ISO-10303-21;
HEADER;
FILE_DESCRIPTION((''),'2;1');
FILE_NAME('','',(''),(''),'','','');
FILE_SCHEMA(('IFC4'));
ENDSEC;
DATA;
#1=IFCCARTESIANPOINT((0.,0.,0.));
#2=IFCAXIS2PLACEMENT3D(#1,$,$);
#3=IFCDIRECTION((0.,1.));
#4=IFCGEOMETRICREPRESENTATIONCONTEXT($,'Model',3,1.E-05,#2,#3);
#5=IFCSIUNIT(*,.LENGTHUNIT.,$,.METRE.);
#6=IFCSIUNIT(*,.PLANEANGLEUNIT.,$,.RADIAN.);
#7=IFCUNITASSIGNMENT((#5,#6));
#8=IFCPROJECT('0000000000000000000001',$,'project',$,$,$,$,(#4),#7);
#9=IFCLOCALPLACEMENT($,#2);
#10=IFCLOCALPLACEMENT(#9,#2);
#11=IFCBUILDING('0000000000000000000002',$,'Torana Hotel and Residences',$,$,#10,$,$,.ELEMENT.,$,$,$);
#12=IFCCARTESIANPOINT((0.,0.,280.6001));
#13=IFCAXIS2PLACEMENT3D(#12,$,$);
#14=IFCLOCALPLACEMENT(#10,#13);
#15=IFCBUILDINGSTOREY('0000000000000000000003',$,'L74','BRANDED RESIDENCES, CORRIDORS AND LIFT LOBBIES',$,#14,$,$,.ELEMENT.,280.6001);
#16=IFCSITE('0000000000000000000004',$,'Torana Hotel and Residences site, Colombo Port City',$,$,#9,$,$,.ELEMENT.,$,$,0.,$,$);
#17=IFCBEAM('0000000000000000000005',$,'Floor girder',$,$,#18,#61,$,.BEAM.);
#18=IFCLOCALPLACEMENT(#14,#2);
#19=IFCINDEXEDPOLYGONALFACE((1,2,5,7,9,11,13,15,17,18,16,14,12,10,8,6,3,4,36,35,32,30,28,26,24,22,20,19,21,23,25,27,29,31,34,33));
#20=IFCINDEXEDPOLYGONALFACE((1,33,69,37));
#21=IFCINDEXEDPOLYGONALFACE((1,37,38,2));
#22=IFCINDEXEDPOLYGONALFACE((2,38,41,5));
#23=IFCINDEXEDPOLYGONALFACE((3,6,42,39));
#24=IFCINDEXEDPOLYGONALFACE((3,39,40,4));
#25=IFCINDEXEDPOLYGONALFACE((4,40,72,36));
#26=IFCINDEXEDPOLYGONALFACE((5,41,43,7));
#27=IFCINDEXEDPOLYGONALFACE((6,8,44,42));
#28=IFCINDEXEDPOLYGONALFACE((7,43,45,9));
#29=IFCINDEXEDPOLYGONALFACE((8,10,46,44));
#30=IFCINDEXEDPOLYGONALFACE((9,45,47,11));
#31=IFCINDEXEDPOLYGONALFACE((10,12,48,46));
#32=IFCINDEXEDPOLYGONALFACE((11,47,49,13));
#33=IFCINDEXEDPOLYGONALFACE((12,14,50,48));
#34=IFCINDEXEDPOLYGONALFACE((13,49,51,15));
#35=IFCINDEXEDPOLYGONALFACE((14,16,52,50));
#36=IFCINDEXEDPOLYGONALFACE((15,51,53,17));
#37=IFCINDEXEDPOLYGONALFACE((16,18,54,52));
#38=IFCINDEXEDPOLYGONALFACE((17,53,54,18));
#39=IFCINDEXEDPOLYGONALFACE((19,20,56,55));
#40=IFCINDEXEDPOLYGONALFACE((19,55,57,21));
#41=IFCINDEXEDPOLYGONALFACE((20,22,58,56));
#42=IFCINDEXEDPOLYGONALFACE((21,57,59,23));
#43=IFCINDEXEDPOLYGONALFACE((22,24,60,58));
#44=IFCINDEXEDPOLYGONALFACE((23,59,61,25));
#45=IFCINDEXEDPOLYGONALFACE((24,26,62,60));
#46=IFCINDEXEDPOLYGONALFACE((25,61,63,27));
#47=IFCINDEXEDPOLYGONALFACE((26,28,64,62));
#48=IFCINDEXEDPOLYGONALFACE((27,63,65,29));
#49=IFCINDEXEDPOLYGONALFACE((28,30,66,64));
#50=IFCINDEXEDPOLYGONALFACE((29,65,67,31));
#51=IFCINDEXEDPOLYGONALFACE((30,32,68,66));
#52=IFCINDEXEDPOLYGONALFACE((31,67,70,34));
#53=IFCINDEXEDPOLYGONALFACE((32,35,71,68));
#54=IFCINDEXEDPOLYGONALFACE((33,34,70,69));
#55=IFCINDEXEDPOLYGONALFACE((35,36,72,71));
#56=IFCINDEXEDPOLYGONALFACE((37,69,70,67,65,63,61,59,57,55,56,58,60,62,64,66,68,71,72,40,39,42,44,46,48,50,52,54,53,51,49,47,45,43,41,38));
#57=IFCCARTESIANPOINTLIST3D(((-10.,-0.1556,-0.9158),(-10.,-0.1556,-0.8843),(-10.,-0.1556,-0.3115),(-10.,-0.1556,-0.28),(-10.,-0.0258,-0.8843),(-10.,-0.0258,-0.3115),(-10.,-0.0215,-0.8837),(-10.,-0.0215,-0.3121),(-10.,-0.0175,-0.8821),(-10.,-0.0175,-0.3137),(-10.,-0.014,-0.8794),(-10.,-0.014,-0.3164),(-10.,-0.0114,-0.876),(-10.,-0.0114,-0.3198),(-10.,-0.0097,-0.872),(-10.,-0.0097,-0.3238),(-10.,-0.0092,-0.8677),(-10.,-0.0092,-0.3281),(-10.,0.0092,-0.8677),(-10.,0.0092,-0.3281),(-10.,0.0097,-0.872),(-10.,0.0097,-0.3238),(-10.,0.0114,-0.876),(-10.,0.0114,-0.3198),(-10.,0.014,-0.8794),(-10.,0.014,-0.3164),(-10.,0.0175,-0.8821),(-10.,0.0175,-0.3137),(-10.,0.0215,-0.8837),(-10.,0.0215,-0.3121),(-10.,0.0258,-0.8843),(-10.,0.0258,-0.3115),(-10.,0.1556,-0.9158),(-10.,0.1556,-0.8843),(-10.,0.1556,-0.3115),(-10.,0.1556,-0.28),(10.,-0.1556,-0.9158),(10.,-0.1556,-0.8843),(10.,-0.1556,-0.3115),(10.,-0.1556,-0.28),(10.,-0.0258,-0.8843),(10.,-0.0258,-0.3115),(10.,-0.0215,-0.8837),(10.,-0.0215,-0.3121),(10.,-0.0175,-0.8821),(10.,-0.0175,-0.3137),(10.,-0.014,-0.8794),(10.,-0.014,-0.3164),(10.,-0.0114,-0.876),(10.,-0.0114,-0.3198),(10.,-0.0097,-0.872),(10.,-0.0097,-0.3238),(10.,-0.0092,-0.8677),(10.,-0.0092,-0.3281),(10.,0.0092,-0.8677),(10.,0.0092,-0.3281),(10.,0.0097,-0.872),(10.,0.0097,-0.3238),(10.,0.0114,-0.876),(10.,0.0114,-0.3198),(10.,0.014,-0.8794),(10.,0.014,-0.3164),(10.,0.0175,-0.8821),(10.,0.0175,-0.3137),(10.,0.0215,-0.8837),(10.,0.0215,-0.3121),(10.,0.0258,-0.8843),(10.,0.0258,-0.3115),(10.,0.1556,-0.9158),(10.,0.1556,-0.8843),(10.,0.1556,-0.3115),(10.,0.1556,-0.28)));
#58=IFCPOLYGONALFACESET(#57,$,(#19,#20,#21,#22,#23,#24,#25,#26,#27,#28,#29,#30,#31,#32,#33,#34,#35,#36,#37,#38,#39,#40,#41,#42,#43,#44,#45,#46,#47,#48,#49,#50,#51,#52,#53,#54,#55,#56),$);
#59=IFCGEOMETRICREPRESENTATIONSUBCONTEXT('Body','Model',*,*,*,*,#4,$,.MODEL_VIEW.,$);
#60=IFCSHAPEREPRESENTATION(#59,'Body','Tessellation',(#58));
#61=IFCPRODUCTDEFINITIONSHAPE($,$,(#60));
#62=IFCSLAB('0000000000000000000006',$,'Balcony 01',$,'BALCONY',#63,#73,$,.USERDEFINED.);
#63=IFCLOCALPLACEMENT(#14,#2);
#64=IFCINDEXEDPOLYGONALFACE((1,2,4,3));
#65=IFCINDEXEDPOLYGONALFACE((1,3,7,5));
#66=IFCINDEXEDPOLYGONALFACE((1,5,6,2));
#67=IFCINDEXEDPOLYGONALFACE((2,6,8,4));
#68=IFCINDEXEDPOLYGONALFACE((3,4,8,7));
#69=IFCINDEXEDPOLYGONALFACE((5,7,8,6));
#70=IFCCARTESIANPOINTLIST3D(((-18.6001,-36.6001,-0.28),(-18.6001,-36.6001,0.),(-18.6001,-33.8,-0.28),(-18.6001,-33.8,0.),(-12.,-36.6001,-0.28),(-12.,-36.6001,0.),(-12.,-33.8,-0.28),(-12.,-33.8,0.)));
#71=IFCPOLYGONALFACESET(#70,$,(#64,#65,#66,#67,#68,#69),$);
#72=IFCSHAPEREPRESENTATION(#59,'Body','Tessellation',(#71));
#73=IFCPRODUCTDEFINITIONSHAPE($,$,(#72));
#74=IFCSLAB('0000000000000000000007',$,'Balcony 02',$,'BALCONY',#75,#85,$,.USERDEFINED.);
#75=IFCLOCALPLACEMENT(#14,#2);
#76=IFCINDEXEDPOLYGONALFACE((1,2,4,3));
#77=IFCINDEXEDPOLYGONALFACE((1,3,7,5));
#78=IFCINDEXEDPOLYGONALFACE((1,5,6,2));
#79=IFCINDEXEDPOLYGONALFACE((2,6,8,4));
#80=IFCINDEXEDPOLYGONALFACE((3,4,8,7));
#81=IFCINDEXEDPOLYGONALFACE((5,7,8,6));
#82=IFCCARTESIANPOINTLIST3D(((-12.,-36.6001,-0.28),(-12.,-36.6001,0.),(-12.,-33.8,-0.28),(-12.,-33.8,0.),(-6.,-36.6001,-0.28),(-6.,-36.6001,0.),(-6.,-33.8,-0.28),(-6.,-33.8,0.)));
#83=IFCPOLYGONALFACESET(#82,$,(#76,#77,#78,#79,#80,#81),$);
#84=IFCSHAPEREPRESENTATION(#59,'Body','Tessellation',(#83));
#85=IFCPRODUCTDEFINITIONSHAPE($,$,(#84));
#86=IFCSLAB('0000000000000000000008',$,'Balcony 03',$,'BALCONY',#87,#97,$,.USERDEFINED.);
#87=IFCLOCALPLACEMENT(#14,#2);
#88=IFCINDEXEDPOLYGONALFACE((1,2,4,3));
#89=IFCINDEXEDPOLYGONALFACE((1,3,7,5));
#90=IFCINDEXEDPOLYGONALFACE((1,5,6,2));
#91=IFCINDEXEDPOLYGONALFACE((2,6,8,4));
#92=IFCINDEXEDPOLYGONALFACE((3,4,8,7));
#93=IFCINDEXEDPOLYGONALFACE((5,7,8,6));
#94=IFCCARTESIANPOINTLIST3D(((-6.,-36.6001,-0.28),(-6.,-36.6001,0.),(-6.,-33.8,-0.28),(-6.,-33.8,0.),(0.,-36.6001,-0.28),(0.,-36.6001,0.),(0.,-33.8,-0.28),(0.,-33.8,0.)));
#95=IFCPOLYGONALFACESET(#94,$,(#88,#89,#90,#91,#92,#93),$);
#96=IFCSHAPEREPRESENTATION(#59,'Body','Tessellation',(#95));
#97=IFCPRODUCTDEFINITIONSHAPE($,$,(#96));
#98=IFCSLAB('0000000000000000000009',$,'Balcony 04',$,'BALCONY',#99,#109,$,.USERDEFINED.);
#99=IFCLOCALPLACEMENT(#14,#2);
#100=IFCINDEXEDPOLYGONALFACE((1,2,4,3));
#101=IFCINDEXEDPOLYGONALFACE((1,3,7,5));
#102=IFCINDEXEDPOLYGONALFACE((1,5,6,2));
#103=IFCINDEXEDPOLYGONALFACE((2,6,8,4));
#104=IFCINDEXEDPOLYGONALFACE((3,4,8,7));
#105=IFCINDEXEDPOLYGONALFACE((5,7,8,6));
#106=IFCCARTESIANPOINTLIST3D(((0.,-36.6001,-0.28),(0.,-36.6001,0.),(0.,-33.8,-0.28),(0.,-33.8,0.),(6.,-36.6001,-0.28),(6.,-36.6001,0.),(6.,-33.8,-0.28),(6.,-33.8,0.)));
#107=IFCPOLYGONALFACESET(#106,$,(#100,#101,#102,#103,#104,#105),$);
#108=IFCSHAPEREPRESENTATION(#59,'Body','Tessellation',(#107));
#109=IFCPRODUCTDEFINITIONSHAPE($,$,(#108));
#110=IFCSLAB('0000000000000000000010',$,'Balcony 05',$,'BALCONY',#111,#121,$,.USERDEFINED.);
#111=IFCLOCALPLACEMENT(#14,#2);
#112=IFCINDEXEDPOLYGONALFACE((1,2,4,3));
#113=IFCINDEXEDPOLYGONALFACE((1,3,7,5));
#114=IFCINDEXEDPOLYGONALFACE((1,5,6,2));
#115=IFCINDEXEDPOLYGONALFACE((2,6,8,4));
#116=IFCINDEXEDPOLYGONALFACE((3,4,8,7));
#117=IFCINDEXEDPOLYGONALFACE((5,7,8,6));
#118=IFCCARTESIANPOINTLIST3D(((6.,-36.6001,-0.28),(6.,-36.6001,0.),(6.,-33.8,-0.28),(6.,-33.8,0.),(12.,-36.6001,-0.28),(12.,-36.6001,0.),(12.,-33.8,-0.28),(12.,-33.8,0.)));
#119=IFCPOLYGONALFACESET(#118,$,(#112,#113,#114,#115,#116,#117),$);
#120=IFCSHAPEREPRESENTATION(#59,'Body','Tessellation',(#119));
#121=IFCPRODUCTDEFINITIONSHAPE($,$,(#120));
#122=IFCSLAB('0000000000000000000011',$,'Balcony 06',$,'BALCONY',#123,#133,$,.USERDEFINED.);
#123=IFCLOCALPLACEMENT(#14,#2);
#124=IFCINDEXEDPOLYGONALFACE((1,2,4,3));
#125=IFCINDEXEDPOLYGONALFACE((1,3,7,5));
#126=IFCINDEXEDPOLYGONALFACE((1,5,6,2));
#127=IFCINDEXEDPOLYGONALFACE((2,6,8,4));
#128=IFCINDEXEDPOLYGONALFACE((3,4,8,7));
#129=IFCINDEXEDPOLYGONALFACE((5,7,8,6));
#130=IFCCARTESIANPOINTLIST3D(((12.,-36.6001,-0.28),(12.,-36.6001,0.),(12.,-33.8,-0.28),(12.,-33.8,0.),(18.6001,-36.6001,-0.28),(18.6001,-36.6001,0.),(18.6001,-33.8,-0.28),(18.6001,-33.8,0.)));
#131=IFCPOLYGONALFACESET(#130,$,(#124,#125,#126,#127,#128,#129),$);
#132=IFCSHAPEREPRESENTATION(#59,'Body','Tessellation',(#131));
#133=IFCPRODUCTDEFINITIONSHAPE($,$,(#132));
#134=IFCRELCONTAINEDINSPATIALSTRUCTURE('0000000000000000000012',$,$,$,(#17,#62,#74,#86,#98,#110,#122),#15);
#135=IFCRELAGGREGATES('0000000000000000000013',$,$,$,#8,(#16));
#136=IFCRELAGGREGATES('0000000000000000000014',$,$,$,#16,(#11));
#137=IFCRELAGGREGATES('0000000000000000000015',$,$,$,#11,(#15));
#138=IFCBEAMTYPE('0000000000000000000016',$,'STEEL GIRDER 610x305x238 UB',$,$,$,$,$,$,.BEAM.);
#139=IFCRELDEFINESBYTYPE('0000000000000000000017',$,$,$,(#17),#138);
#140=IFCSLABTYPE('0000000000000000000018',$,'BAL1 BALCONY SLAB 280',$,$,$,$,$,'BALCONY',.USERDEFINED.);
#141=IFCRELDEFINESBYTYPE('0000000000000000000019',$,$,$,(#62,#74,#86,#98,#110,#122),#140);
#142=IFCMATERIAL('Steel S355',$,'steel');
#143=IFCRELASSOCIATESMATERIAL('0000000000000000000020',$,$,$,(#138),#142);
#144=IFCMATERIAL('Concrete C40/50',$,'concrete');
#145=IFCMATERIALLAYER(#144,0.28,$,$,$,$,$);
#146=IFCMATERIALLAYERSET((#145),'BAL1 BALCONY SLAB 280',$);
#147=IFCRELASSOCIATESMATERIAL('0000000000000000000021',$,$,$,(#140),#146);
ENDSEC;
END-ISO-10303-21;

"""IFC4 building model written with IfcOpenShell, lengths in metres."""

from ifc_helpers import new_model, si_unit, direction, frame, origin, origin_2d, place, context, subcontext, project, spatial, polyline, i_section, outline, extrude, material, layer, layer_set, material_profile, profile_set, type_object, element, save


model = new_model("IFC4")

# Units and contexts
model_context = context("Model", 3, precision=1e-05, world=origin(), true_north=direction((0.0, 1.0)))
body_context = subcontext(model_context, "Body", "Model", "MODEL_VIEW")
ifc_project = project(units=[si_unit("LENGTHUNIT", "METRE"), si_unit("PLANEANGLEUNIT", "RADIAN")], contexts=[model_context])

# Site, building, storey
site_placement = place(None, origin())
site = spatial("IfcSite", under=ifc_project, at=site_placement, Name="Torana Hotel and Residences site, Colombo Port City", CompositionType="ELEMENT", RefElevation=0.0)
building_placement = place(site_placement, origin())
building = spatial("IfcBuilding", under=site, at=building_placement, Name="Torana Hotel and Residences", CompositionType="ELEMENT")
storey_placement = place(building_placement, frame((0.0, 0.0, 280.6001)))
storey = spatial("IfcBuildingStorey", under=building, at=storey_placement, Name="L74", Description="BRANDED RESIDENCES, CORRIDORS AND LIFT LOBBIES", CompositionType="ELEMENT", Elevation=280.6001)

# Beam
ifc_material_1 = material(Name="Steel S355", Category="steel")
ifc_material_profile = material_profile(ifc_material_1, i_section(OverallWidth=0.3113, OverallDepth=0.6357, WebThickness=0.0183, FlangeThickness=0.0315, FilletRadius=0.0166, at=origin_2d()), Name="610x305x238 UB")
ifc_profile_set = profile_set([ifc_material_profile], Name="Steel S355")
beam_type = type_object("IfcBeamType", Name="STEEL GIRDER 610x305x238 UB", PredefinedType="BEAM", material=ifc_profile_set)
beam_placement = place(storey_placement, frame((-10.0, 0.0, -0.5979), z_axis=(1.0, 0.0, 0.0), x_axis=(0.0, 1.0, 0.0)))
element("IfcBeam", 1, at=beam_placement, inside=storey, type_object=beam_type, Name="Floor girder", PredefinedType="BEAM", context=body_context, shape_type="SweptSolid", body=[
    extrude(i_section(OverallWidth=0.3113, OverallDepth=0.6357, WebThickness=0.0183, FlangeThickness=0.0315, FilletRadius=0.0166, at=origin_2d()), origin(), (0.0, 0.0, 1.0), 20.0),
])

# Slabs
ifc_material_2 = material(Name="Concrete C40/50", Category="concrete")
ifc_layer_1 = layer(ifc_material_2, 0.28)
ifc_layer_set_1 = layer_set([ifc_layer_1], Name="BAL1 BALCONY SLAB 280")
slab_type_1 = type_object("IfcSlabType", Name="BAL1 BALCONY SLAB 280", ElementType="BALCONY", PredefinedType="USERDEFINED", material=ifc_layer_set_1)
slab_1_placement = place(storey_placement, frame((0.0, 0.0, -0.28)))
element("IfcSlab", 2, at=slab_1_placement, inside=storey, type_object=slab_type_1, Name="Balcony 01", ObjectType="BALCONY", PredefinedType="USERDEFINED", context=body_context, shape_type="SweptSolid", body=[
    extrude(outline(polyline([(-18.6001, -36.6001), (-12.0, -36.6001), (-12.0, -33.8), (-18.6001, -33.8), (-18.6001, -36.6001)])), origin(), (0.0, 0.0, 1.0), 0.28),
])
slab_2_placement = place(storey_placement, frame((0.0, 0.0, -0.28)))
element("IfcSlab", 3, at=slab_2_placement, inside=storey, type_object=slab_type_1, Name="Balcony 02", ObjectType="BALCONY", PredefinedType="USERDEFINED", context=body_context, shape_type="SweptSolid", body=[
    extrude(outline(polyline([(-12.0, -36.6001), (-6.0, -36.6001), (-6.0, -33.8), (-12.0, -33.8), (-12.0, -36.6001)])), origin(), (0.0, 0.0, 1.0), 0.28),
])
slab_3_placement = place(storey_placement, frame((0.0, 0.0, -0.28)))
element("IfcSlab", 4, at=slab_3_placement, inside=storey, type_object=slab_type_1, Name="Balcony 03", ObjectType="BALCONY", PredefinedType="USERDEFINED", context=body_context, shape_type="SweptSolid", body=[
    extrude(outline(polyline([(-6.0, -36.6001), (0.0, -36.6001), (0.0, -33.8), (-6.0, -33.8), (-6.0, -36.6001)])), origin(), (0.0, 0.0, 1.0), 0.28),
])
slab_4_placement = place(storey_placement, frame((0.0, 0.0, -0.28)))
element("IfcSlab", 5, at=slab_4_placement, inside=storey, type_object=slab_type_1, Name="Balcony 04", ObjectType="BALCONY", PredefinedType="USERDEFINED", context=body_context, shape_type="SweptSolid", body=[
    extrude(outline(polyline([(0.0, -36.6001), (6.0, -36.6001), (6.0, -33.8), (0.0, -33.8), (0.0, -36.6001)])), origin(), (0.0, 0.0, 1.0), 0.28),
])
slab_5_placement = place(storey_placement, frame((0.0, 0.0, -0.28)))
element("IfcSlab", 6, at=slab_5_placement, inside=storey, type_object=slab_type_1, Name="Balcony 05", ObjectType="BALCONY", PredefinedType="USERDEFINED", context=body_context, shape_type="SweptSolid", body=[
    extrude(outline(polyline([(6.0, -36.6001), (12.0, -36.6001), (12.0, -33.8), (6.0, -33.8), (6.0, -36.6001)])), origin(), (0.0, 0.0, 1.0), 0.28),
])
slab_6_placement = place(storey_placement, frame((0.0, 0.0, -0.28)))
element("IfcSlab", 7, at=slab_6_placement, inside=storey, type_object=slab_type_1, Name="Balcony 06", ObjectType="BALCONY", PredefinedType="USERDEFINED", context=body_context, shape_type="SweptSolid", body=[
    extrude(outline(polyline([(12.0, -36.6001), (18.6001, -36.6001), (18.6001, -33.8), (12.0, -33.8), (12.0, -36.6001)])), origin(), (0.0, 0.0, 1.0), 0.28),
])

save(model, "model.ifc")
